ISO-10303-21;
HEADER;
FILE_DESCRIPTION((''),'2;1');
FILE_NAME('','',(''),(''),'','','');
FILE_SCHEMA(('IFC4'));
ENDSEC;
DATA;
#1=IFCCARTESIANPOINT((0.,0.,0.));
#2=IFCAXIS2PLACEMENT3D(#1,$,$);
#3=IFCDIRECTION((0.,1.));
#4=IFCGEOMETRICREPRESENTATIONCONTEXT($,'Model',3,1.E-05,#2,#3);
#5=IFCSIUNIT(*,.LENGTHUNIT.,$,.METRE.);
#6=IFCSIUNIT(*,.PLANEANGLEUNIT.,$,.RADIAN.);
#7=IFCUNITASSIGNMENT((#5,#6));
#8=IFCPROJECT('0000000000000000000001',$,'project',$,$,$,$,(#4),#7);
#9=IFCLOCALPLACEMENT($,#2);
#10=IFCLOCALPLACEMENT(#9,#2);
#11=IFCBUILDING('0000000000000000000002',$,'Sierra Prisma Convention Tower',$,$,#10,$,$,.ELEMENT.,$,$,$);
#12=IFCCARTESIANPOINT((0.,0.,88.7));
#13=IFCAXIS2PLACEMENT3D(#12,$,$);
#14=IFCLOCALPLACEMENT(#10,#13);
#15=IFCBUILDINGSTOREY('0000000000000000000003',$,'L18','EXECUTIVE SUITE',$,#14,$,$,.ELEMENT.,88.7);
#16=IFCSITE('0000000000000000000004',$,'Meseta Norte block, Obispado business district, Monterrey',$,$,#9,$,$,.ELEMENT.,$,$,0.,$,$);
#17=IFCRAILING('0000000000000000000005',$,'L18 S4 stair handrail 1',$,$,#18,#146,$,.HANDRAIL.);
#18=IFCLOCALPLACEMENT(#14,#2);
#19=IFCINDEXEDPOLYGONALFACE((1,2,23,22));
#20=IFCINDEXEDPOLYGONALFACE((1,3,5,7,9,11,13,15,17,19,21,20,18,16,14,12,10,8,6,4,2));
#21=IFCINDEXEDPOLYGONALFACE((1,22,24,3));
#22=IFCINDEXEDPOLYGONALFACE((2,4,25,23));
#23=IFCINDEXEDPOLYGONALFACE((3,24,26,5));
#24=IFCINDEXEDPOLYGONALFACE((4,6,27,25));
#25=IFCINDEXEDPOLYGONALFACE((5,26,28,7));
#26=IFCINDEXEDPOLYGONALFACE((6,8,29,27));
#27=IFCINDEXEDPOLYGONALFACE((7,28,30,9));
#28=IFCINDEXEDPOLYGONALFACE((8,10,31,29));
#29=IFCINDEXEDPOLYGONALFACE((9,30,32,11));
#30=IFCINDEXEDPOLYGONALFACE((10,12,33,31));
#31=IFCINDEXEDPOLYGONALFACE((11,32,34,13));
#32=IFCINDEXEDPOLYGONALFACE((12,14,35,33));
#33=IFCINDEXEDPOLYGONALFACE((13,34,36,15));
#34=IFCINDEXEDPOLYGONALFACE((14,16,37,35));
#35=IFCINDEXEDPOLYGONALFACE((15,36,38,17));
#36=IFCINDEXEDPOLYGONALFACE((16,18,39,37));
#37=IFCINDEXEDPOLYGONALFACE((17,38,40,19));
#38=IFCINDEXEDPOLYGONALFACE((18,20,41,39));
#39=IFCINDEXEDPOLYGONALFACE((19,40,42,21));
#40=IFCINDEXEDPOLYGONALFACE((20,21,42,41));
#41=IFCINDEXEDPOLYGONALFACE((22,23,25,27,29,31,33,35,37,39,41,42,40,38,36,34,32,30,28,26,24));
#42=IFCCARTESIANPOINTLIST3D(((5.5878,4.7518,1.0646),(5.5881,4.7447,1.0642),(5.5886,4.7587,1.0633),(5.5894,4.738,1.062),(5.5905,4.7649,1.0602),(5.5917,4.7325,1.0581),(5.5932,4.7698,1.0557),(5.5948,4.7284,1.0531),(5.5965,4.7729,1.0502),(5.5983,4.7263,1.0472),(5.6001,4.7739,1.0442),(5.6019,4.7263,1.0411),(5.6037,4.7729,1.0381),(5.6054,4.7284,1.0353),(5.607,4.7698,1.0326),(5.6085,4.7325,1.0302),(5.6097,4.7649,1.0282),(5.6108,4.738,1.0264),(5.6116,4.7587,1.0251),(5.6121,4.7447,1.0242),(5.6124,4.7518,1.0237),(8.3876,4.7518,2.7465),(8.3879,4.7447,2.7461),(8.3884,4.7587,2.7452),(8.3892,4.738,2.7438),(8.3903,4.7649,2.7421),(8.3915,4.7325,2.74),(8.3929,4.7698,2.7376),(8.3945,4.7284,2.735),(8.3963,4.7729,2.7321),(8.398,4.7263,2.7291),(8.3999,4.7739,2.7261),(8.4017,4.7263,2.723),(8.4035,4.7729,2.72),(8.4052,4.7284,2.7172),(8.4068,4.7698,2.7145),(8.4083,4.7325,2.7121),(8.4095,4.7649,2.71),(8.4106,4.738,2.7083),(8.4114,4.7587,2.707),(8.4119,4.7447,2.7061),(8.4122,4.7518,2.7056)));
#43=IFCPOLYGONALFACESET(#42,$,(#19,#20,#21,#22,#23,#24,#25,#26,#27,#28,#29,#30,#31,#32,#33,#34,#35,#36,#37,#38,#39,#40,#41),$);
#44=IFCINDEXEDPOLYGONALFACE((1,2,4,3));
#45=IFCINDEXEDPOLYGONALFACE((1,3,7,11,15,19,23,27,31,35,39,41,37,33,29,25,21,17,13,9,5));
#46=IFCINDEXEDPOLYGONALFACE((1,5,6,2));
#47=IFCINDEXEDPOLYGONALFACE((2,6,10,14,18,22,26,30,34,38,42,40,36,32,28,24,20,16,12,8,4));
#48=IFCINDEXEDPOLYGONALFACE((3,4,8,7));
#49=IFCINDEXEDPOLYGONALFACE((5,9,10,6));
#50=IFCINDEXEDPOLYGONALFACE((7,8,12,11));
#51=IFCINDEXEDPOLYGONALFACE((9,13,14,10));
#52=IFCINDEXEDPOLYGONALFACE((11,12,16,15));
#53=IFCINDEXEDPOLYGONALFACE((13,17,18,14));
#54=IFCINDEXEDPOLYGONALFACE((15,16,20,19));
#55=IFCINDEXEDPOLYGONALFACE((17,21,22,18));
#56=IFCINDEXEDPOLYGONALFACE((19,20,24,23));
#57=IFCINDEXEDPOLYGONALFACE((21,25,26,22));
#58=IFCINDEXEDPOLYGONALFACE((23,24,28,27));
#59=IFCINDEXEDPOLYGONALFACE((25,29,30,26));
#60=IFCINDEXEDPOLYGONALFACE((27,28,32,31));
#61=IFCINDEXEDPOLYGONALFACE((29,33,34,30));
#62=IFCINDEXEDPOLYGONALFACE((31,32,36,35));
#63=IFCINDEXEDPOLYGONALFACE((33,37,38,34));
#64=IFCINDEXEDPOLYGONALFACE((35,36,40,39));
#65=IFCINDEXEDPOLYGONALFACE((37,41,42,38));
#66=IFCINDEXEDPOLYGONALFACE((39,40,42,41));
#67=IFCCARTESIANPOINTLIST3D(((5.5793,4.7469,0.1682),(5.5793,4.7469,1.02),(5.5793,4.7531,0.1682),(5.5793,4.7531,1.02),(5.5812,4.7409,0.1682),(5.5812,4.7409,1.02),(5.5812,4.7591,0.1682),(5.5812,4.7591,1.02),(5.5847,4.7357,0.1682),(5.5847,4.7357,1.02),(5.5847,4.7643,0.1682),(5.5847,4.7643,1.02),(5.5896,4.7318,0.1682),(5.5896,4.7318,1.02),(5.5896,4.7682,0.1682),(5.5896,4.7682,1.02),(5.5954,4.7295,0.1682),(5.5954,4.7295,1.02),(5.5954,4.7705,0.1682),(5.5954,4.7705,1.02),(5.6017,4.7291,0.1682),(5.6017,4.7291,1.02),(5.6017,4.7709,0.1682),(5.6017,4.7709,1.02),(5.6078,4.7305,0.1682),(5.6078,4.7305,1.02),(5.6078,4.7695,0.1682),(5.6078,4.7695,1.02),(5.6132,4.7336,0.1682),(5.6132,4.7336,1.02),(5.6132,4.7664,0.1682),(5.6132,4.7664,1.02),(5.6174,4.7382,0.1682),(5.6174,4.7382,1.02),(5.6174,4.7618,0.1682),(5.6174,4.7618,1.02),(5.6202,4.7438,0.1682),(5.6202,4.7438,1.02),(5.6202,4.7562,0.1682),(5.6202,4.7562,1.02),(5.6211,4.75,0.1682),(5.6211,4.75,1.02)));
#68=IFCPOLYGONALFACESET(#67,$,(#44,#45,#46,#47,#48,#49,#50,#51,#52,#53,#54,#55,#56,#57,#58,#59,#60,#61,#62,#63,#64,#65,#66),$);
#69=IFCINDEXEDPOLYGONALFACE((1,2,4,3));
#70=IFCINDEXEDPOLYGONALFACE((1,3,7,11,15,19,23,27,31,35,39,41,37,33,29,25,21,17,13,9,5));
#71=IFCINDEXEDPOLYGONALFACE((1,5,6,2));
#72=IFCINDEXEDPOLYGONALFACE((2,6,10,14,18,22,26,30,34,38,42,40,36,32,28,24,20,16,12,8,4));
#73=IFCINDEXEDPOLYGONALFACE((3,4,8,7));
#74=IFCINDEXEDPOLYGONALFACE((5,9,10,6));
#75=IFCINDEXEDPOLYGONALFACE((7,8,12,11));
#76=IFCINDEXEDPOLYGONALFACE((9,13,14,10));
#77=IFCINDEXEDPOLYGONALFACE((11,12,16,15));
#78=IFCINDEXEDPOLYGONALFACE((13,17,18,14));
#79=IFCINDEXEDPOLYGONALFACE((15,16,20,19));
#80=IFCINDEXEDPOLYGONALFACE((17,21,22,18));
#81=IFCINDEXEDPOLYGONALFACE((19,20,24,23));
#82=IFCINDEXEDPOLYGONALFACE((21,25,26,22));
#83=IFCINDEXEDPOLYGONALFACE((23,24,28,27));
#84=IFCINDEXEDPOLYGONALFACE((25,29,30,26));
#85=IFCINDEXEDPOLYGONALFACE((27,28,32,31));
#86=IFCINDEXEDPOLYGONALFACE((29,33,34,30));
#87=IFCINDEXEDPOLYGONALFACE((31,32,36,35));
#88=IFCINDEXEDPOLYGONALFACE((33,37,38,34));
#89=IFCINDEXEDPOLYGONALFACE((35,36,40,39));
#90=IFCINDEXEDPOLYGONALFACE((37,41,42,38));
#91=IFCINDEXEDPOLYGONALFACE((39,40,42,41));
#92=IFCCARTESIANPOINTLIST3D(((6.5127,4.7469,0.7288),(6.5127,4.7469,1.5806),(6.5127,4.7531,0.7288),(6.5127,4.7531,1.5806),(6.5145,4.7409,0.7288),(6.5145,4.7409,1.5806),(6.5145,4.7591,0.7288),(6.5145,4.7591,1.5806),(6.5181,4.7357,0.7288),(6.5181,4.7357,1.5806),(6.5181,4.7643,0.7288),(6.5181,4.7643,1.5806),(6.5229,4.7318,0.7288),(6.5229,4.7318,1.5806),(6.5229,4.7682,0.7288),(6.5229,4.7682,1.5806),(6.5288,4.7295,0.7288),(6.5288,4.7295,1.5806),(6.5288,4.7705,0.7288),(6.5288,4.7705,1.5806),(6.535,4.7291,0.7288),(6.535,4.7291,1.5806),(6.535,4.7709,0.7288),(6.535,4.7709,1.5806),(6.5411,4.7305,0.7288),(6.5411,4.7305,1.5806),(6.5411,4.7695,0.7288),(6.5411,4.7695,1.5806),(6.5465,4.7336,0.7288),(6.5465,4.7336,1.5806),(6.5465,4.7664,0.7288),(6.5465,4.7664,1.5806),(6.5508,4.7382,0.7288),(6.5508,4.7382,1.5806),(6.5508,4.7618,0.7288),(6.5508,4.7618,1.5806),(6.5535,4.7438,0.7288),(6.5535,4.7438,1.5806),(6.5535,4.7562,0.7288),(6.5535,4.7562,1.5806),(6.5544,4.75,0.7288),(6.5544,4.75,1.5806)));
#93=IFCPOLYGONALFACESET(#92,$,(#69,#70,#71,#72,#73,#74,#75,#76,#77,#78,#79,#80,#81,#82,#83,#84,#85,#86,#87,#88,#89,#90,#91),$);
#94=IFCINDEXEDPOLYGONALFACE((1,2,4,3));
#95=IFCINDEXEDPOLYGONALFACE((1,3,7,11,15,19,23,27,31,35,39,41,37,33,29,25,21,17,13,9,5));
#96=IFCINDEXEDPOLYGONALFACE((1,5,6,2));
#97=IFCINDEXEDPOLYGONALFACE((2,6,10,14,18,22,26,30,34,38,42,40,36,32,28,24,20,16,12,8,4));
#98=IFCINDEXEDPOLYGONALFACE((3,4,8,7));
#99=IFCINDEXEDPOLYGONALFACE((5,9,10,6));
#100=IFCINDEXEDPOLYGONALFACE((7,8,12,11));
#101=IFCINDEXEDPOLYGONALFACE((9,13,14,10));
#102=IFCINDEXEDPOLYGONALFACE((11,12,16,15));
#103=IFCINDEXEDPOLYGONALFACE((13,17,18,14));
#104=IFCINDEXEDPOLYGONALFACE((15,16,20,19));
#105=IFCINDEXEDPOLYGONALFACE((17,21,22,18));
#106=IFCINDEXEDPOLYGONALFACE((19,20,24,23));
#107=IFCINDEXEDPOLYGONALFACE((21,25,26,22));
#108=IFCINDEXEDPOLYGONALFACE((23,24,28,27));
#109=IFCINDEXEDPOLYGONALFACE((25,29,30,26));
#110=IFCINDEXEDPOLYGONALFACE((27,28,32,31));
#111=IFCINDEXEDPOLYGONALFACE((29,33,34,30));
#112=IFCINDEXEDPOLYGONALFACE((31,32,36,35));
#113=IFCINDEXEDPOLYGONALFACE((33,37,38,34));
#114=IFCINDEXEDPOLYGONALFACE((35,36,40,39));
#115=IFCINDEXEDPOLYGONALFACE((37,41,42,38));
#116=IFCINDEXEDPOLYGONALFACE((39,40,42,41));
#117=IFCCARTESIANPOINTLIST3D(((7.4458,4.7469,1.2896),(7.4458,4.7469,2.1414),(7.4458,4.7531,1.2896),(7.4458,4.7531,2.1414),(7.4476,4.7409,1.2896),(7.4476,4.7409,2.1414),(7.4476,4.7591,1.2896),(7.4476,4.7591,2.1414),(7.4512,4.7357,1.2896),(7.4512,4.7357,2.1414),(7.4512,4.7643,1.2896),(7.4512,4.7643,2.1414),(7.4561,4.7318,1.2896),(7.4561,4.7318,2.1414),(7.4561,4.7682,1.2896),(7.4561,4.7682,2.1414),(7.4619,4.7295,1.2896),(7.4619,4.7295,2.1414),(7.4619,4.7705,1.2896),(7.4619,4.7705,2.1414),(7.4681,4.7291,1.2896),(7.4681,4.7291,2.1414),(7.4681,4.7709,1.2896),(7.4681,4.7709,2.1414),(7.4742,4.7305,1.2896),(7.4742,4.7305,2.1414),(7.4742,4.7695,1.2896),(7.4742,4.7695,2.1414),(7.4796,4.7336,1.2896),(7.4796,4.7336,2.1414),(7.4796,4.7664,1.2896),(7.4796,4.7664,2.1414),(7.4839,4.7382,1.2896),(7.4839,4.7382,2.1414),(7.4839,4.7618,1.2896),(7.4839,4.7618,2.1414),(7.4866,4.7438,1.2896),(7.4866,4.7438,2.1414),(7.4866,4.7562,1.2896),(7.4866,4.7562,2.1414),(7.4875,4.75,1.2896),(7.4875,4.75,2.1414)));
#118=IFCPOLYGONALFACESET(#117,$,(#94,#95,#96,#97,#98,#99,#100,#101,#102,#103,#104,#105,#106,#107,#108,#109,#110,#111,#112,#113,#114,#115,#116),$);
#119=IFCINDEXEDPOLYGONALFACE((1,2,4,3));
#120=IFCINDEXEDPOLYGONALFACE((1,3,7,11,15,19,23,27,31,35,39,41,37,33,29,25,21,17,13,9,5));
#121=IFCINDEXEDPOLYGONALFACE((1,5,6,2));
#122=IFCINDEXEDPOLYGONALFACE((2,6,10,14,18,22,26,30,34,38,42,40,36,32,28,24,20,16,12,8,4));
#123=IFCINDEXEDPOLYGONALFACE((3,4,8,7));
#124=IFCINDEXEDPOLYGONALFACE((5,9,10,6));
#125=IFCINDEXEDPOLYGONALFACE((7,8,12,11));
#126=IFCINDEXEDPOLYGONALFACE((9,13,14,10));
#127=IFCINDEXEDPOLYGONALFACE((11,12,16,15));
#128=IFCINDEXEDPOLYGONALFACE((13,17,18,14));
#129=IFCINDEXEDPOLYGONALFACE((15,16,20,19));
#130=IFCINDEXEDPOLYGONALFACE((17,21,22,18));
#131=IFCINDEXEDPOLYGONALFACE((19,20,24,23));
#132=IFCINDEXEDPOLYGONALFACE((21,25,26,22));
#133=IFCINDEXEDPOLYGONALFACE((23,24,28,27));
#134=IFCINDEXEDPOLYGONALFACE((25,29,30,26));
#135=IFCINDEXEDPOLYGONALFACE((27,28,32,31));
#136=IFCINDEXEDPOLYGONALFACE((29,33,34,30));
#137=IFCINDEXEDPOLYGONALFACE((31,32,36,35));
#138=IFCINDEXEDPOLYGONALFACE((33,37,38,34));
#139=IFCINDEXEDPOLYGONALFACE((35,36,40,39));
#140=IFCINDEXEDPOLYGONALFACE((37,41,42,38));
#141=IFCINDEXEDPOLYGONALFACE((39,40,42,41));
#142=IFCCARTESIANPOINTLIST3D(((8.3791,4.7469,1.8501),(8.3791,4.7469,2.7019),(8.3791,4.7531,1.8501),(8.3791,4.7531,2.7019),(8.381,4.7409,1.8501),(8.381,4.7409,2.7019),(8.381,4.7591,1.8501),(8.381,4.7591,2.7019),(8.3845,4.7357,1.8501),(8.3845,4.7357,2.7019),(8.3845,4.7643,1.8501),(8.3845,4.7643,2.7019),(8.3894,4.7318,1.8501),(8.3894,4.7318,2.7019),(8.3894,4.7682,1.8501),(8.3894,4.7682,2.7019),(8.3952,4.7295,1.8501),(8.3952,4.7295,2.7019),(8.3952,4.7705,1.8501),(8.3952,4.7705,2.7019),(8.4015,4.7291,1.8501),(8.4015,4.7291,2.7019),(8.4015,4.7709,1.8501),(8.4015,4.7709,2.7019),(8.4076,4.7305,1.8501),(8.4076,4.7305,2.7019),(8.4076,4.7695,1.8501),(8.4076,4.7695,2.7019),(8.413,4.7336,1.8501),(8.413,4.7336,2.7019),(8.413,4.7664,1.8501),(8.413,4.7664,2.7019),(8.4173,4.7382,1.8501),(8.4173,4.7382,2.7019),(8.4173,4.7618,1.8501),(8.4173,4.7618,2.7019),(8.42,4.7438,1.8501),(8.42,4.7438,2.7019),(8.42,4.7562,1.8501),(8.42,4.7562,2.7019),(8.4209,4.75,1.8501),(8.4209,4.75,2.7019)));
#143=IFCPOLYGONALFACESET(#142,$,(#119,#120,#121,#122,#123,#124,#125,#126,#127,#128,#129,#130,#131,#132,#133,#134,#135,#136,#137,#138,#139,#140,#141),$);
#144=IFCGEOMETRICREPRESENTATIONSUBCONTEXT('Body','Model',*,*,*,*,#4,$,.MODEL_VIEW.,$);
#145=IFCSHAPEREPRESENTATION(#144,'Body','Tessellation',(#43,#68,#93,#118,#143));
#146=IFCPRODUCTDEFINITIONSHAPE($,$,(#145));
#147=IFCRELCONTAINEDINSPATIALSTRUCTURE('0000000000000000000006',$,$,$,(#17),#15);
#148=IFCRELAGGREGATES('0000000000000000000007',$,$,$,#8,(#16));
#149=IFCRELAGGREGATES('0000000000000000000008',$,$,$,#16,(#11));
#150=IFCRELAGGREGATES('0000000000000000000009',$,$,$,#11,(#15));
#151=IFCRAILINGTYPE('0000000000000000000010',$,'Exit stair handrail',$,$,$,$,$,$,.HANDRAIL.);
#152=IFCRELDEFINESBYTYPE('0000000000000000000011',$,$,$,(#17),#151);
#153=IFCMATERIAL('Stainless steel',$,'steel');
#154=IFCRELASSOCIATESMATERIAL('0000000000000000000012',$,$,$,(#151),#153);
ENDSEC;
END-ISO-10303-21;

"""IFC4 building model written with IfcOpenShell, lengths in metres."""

from ifc_helpers import new_model, si_unit, direction, frame, origin, origin_2d, place, context, subcontext, project, spatial, circle, extrude, material, type_object, element, save


model = new_model("IFC4")

# Units and contexts
model_context = context("Model", 3, precision=1e-05, world=origin(), true_north=direction((0.0, 1.0)))
body_context = subcontext(model_context, "Body", "Model", "MODEL_VIEW")
ifc_project = project(units=[si_unit("LENGTHUNIT", "METRE"), si_unit("PLANEANGLEUNIT", "RADIAN")], contexts=[model_context])

# Site, building, storey
site_placement = place(None, origin())
site = spatial("IfcSite", under=ifc_project, at=site_placement, Name="Meseta Norte block, Obispado business district, Monterrey", CompositionType="ELEMENT", RefElevation=0.0)
building_placement = place(site_placement, origin())
building = spatial("IfcBuilding", under=site, at=building_placement, Name="Sierra Prisma Convention Tower", CompositionType="ELEMENT")
storey_placement = place(building_placement, frame((0.0, 0.0, 88.7)))
storey = spatial("IfcBuildingStorey", under=building, at=storey_placement, Name="L18", Description="EXECUTIVE SUITE", CompositionType="ELEMENT", Elevation=88.7)

# Railing
ifc_material_1 = material(Name="Stainless steel", Category="steel")
railing_type_1 = type_object("IfcRailingType", Name="Exit stair handrail", PredefinedType="HANDRAIL", material=ifc_material_1)
railing_1_placement = place(storey_placement, frame((5.6001, 4.75, 0.1682)))
element("IfcRailing", 1, at=railing_1_placement, inside=storey, type_object=railing_type_1, Name="L18 S4 stair handrail 1", PredefinedType="HANDRAIL", context=body_context, shape_type="SweptSolid", body=[
    extrude(circle(Radius=0.0239, at=origin_2d()), frame((0.0, 0.0, 0.876), z_axis=(0.857222, 0.0, 0.514946), x_axis=(0.0, 1.0, 0.0)), (0.0, 0.0, 1.0), 3.2661),
    extrude(circle(Radius=0.021, at=origin_2d()), origin(), (0.0, 0.0, 1.0), 0.8518),
    extrude(circle(Radius=0.021, at=origin_2d()), frame((0.9333, 0.0, 0.5605)), (0.0, 0.0, 1.0), 0.8518),
    extrude(circle(Radius=0.021, at=origin_2d()), frame((1.8665, 0.0, 1.1213)), (0.0, 0.0, 1.0), 0.8518),
    extrude(circle(Radius=0.021, at=origin_2d()), frame((2.7998, 0.0, 1.6819)), (0.0, 0.0, 1.0), 0.8518),
])

save(model, "model.ifc")
